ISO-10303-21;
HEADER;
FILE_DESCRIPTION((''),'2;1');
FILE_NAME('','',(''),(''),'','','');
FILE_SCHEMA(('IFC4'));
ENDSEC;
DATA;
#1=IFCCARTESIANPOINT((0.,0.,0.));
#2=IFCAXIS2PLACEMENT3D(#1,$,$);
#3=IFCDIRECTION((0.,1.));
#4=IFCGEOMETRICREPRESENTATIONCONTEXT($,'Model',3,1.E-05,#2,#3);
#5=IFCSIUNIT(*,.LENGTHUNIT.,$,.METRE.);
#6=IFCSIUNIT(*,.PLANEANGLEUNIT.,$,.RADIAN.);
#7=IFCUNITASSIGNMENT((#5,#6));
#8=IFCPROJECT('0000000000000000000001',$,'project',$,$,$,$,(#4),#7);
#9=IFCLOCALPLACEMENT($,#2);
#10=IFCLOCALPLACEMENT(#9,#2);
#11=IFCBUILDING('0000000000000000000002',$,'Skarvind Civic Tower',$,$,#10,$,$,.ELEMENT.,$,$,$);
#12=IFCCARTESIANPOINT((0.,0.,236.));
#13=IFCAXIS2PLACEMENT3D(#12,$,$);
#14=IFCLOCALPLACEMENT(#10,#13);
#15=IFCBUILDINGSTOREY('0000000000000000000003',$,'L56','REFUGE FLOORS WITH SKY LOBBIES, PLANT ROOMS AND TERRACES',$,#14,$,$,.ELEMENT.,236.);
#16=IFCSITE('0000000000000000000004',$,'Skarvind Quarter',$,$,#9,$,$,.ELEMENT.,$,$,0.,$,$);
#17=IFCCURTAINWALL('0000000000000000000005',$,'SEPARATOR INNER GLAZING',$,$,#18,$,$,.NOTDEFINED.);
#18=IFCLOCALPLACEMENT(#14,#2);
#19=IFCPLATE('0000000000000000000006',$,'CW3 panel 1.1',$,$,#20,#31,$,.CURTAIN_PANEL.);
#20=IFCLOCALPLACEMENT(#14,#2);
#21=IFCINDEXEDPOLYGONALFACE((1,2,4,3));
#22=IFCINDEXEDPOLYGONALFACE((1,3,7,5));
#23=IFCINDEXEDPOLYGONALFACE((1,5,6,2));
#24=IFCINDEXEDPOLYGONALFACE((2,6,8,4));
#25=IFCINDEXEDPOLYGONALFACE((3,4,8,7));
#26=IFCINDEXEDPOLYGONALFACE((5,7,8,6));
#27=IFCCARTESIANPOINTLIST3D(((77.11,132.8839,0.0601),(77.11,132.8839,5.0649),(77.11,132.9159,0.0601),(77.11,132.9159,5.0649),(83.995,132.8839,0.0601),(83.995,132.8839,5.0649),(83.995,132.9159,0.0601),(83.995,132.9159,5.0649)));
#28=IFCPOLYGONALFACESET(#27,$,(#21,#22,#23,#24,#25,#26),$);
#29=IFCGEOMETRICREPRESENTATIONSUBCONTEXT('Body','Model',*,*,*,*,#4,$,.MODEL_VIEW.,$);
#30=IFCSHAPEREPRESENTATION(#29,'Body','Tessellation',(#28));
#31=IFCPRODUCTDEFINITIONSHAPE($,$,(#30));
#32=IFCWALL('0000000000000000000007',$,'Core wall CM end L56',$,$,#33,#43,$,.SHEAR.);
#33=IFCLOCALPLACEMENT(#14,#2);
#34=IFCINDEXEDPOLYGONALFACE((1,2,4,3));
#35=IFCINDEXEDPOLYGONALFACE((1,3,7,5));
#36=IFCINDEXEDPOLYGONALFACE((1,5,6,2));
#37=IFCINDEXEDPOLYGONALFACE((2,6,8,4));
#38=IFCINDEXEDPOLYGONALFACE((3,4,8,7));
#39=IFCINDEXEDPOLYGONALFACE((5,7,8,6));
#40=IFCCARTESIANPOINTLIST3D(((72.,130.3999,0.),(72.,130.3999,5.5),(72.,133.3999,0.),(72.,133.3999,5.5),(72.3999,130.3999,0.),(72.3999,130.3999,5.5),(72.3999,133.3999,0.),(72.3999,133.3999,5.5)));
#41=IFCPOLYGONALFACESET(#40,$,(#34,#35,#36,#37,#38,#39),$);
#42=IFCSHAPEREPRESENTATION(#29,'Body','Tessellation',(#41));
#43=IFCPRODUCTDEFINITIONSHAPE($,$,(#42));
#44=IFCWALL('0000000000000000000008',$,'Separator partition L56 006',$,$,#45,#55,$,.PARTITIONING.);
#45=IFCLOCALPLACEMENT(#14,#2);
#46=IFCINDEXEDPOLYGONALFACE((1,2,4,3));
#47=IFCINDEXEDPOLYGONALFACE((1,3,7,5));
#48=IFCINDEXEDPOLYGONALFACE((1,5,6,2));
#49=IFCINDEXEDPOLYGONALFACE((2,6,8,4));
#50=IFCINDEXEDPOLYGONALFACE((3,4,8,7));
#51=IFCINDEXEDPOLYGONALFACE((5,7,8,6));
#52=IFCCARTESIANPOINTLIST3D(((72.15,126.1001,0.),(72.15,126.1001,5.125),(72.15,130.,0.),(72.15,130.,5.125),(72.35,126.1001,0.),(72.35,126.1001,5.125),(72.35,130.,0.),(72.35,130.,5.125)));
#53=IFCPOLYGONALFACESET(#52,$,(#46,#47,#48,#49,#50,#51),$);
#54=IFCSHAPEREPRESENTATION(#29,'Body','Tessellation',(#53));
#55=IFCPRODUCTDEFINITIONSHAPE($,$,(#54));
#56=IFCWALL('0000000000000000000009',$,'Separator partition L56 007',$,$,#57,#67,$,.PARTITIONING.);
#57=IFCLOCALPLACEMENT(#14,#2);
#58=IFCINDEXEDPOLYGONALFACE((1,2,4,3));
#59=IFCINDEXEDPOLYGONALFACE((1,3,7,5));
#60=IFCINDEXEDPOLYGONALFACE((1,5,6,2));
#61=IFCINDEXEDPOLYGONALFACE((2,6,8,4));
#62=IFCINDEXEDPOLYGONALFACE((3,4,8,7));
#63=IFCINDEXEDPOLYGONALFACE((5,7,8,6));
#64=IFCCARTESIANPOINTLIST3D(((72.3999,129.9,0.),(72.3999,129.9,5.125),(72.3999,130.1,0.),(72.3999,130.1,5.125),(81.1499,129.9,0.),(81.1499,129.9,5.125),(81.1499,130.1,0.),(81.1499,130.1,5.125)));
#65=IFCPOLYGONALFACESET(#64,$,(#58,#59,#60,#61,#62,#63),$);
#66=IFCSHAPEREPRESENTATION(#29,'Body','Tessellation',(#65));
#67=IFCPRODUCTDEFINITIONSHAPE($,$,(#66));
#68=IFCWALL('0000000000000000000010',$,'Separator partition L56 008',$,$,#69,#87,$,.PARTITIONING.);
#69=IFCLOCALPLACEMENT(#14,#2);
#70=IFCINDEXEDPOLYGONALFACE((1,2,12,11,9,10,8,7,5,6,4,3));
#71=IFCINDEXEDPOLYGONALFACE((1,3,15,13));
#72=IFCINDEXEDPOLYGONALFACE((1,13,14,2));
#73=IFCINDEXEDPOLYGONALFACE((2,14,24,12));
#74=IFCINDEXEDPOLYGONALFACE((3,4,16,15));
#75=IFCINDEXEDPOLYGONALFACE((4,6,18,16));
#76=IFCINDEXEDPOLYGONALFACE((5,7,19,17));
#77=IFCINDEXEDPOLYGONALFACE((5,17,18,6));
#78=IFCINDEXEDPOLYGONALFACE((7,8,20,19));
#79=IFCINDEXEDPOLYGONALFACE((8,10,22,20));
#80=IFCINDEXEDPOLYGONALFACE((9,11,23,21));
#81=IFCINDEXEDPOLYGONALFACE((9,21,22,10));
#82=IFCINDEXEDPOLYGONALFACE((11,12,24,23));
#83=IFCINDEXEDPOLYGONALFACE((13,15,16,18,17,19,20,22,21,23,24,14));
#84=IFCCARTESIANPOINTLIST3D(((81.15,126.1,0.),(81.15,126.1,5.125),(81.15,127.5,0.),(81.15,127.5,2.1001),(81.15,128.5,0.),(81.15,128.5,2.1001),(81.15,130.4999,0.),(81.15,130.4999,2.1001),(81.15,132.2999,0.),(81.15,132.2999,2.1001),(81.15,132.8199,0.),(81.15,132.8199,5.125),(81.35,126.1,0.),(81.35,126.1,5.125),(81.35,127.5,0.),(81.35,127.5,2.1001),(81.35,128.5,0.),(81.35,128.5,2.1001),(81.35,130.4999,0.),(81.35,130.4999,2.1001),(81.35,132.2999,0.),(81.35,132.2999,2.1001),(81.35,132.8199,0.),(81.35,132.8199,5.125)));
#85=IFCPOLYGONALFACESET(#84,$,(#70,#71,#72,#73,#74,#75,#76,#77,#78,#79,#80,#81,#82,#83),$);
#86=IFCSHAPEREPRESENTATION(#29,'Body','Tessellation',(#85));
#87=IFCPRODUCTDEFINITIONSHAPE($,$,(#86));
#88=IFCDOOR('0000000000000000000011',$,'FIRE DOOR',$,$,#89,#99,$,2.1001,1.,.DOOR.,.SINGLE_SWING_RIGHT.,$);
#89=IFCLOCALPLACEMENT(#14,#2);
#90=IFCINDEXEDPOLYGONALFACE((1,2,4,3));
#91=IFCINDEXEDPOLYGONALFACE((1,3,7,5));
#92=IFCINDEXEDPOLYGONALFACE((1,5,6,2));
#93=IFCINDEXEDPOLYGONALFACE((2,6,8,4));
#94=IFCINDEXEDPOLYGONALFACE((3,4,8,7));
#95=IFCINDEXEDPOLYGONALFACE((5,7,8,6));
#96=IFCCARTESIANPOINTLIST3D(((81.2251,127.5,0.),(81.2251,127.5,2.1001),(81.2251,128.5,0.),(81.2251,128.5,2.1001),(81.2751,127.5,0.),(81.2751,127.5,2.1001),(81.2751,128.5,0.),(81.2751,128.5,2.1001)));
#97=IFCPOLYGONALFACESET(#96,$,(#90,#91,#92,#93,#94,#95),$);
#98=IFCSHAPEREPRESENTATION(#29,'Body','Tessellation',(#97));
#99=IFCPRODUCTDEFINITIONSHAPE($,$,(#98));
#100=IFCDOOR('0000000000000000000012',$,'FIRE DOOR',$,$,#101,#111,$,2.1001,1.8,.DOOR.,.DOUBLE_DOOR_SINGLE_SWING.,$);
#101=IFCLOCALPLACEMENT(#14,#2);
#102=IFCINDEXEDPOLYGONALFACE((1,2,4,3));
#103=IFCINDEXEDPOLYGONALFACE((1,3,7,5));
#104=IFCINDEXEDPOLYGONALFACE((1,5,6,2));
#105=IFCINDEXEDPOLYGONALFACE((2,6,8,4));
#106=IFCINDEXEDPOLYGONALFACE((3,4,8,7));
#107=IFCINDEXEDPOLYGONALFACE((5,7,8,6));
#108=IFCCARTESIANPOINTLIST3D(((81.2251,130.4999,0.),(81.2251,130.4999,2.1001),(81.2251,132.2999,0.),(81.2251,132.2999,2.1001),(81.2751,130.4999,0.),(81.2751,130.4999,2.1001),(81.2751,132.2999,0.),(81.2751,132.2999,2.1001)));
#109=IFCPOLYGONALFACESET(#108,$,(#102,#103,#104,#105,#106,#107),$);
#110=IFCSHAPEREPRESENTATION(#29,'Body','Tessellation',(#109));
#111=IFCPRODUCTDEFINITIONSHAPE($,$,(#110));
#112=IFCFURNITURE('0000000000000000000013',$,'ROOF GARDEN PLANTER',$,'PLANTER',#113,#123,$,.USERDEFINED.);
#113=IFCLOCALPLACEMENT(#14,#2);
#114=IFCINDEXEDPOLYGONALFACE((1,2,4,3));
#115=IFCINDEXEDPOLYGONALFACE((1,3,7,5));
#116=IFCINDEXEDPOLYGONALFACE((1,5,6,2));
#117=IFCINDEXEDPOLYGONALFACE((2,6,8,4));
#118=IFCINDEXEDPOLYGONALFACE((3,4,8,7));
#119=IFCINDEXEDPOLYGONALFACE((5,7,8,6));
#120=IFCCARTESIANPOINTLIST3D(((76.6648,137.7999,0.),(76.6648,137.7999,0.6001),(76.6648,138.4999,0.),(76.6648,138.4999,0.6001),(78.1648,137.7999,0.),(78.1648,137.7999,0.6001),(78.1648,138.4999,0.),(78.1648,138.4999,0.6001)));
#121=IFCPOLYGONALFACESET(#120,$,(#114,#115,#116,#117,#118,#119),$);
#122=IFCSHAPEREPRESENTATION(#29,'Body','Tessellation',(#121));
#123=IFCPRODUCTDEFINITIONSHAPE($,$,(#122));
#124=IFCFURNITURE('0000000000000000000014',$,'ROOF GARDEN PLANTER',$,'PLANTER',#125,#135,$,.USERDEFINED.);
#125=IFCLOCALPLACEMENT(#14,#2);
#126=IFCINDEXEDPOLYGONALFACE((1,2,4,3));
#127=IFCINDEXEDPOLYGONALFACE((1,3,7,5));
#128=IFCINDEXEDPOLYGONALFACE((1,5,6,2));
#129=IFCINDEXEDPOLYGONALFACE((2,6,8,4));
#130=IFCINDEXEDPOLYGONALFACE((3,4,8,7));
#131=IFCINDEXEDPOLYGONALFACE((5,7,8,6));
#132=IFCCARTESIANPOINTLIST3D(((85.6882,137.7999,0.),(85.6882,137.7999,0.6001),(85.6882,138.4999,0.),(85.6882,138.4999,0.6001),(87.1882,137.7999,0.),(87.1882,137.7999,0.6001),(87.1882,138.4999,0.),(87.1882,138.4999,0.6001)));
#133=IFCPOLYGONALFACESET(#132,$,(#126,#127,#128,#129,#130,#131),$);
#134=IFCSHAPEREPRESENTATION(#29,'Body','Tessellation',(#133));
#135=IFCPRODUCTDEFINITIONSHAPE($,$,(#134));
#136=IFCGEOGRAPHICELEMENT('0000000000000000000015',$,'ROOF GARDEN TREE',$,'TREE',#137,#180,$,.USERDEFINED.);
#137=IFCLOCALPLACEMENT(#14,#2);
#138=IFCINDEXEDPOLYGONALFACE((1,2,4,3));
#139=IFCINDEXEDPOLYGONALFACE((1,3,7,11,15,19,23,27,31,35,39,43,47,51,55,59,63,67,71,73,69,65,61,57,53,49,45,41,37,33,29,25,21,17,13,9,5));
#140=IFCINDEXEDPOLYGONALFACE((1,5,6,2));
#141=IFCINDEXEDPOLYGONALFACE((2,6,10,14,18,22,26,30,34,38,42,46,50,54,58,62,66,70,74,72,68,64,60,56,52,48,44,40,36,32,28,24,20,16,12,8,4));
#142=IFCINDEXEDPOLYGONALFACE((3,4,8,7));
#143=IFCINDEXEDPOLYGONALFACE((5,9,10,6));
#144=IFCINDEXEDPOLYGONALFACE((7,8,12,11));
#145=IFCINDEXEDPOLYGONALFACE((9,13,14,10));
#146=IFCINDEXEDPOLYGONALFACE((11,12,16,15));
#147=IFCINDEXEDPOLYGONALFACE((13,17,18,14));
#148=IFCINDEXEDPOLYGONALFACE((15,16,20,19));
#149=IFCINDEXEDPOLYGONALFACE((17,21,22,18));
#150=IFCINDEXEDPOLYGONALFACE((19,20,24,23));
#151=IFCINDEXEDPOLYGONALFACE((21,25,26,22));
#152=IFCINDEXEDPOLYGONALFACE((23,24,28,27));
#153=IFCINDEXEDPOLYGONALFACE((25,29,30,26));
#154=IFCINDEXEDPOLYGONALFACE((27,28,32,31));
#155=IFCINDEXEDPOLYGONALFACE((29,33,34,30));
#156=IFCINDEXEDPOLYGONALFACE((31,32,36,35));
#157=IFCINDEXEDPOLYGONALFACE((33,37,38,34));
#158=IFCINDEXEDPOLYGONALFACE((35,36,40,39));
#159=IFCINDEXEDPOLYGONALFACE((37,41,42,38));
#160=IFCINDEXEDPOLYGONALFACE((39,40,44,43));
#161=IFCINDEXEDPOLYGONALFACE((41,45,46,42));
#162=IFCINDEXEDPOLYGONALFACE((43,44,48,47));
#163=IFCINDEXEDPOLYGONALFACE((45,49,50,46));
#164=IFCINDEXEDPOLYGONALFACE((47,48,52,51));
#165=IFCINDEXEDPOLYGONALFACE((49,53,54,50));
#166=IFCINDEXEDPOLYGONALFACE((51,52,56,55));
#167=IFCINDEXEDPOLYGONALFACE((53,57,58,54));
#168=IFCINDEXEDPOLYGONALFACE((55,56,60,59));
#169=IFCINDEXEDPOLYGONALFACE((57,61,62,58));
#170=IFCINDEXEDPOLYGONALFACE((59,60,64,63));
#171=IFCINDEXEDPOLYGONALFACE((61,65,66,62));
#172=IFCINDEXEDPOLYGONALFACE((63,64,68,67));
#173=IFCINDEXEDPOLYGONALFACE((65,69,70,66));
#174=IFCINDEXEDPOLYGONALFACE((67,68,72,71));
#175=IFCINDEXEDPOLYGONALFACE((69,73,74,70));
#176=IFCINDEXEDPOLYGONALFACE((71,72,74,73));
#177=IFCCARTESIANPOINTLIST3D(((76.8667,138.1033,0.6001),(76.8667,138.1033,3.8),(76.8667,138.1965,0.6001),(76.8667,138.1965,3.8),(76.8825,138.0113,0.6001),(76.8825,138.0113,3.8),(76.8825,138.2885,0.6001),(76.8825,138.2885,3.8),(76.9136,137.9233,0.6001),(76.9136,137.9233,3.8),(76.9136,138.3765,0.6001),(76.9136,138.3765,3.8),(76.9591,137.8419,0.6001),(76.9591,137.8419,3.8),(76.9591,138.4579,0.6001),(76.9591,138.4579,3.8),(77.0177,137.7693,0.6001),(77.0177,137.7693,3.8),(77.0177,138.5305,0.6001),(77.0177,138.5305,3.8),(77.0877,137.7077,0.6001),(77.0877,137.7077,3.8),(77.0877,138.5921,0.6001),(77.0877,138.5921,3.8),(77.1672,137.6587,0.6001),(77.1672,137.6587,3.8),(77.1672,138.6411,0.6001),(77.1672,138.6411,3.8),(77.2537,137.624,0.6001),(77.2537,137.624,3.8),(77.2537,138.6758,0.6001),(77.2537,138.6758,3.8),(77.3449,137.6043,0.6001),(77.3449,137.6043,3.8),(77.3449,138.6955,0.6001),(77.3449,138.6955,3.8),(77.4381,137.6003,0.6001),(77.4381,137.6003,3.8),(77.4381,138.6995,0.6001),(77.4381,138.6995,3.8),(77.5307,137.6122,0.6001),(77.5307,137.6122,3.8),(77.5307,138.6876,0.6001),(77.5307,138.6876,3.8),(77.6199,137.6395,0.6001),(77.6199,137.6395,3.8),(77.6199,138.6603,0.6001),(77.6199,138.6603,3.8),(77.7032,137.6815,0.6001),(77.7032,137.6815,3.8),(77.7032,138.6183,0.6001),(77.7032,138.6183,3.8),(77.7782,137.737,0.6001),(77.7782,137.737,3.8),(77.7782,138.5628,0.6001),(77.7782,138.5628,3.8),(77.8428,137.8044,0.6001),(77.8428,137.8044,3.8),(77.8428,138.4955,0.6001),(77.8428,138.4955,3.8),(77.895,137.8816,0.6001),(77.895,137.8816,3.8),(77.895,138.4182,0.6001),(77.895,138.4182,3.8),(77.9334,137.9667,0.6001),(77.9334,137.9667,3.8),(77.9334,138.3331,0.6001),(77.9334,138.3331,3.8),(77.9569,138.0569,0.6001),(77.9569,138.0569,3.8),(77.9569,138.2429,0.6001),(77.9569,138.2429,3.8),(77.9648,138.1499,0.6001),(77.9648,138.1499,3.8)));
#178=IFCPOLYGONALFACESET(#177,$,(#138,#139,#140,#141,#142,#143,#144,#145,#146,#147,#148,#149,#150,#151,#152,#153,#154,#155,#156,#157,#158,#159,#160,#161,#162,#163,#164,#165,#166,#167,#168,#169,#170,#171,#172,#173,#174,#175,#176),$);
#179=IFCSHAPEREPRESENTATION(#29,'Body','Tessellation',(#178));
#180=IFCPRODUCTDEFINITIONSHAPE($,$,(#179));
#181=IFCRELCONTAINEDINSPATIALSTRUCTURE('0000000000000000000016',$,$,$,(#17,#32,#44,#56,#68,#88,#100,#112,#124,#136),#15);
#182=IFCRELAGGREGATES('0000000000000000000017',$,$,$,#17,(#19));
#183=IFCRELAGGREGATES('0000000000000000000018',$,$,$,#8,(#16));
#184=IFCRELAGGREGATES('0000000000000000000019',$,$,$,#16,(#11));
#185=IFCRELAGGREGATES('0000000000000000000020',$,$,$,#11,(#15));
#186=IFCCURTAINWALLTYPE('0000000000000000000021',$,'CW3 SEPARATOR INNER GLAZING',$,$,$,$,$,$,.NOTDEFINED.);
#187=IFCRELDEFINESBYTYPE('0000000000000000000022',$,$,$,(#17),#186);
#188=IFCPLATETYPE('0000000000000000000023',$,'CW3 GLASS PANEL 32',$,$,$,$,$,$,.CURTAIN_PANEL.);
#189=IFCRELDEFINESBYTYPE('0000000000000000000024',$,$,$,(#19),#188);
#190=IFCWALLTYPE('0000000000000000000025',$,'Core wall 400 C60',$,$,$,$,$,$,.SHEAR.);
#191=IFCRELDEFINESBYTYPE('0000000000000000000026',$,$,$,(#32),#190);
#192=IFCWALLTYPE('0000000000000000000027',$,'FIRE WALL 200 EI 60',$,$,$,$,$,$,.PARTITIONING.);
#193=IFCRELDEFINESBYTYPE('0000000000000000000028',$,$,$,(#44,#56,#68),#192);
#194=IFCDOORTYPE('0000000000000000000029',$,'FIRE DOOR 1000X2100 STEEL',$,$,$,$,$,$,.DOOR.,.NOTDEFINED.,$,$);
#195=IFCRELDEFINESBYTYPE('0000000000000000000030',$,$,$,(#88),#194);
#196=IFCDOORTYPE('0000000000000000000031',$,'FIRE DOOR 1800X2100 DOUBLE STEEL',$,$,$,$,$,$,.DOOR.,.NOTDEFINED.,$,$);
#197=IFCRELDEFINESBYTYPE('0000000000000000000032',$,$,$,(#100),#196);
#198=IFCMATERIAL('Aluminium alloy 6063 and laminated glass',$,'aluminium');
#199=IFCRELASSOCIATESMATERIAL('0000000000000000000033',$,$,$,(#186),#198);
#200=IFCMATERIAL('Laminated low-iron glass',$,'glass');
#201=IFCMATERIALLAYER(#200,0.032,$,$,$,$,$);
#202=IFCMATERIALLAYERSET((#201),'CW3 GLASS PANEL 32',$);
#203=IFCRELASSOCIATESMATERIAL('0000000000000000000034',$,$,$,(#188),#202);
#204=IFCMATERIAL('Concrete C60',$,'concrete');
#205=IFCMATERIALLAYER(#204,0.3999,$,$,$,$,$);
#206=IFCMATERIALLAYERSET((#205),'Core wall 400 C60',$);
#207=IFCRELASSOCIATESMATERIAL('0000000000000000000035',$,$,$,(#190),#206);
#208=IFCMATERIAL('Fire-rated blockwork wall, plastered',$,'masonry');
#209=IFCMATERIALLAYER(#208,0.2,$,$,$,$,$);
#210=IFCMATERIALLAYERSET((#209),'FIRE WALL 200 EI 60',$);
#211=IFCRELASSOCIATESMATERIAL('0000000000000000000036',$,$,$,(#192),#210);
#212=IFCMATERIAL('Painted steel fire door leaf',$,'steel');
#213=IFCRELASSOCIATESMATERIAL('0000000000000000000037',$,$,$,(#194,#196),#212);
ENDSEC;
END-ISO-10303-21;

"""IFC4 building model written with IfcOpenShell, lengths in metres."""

from ifc_helpers import new_model, si_unit, direction, frame, frame_2d, origin, origin_2d, place, context, subcontext, project, spatial, rectangle, circle, extrude, material, layer, layer_set, type_object, element, fill, aggregate, save


model = new_model("IFC4")

# Units and contexts
model_context = context("Model", 3, precision=1e-05, world=origin(), true_north=direction((0.0, 1.0)))
body_context = subcontext(model_context, "Body", "Model", "MODEL_VIEW")
ifc_project = project(units=[si_unit("LENGTHUNIT", "METRE"), si_unit("PLANEANGLEUNIT", "RADIAN")], contexts=[model_context])

# Site, building, storey
site_placement = place(None, origin())
site = spatial("IfcSite", under=ifc_project, at=site_placement, Name="Skarvind Quarter", CompositionType="ELEMENT", RefElevation=0.0)
building_placement = place(site_placement, origin())
building = spatial("IfcBuilding", under=site, at=building_placement, Name="Skarvind Civic Tower", CompositionType="ELEMENT")
storey_placement = place(building_placement, frame((0.0, 0.0, 236.0)))
storey = spatial("IfcBuildingStorey", under=building, at=storey_placement, Name="L56", Description="REFUGE FLOORS WITH SKY LOBBIES, PLANT ROOMS AND TERRACES", CompositionType="ELEMENT", Elevation=236.0)

# Shared definitions
ifc_material_1 = material(Name="Concrete C60", Category="concrete")

# Curtain wall
ifc_material_2 = material(Name="Aluminium alloy 6063 and laminated glass", Category="aluminium")
curtain_wall_type = type_object("IfcCurtainWallType", Name="CW3 SEPARATOR INNER GLAZING", PredefinedType="NOTDEFINED", material=ifc_material_2)
curtain_wall_placement = place(storey_placement, origin())
curtain_wall = element("IfcCurtainWall", 1, at=curtain_wall_placement, inside=storey, type_object=curtain_wall_type, Name="SEPARATOR INNER GLAZING", PredefinedType="NOTDEFINED")

# Plate
ifc_material_3 = material(Name="Laminated low-iron glass", Category="glass")
ifc_layer_1 = layer(ifc_material_3, 0.032)
ifc_layer_set_1 = layer_set([ifc_layer_1], Name="CW3 GLASS PANEL 32")
plate_type = type_object("IfcPlateType", Name="CW3 GLASS PANEL 32", PredefinedType="CURTAIN_PANEL", material=ifc_layer_set_1)
plate_placement = place(storey_placement, frame((80.5525, 132.8999, 0.0601), z_axis=(0.0, 0.0, 1.0), x_axis=(1.0, 0.0, 0.0)))
plate = element("IfcPlate", 2, at=plate_placement, type_object=plate_type, Name="CW3 panel 1.1", PredefinedType="CURTAIN_PANEL", context=body_context, shape_type="SweptSolid", body=[
    extrude(rectangle(XDim=6.885, YDim=0.032, at=origin_2d()), origin(), (0.0, 0.0, 1.0), 5.0049),
])
aggregate(curtain_wall, [plate])

# Walls
ifc_layer_2 = layer(ifc_material_1, 0.3999)
ifc_layer_set_2 = layer_set([ifc_layer_2], Name="Core wall 400 C60")
wall_type_1 = type_object("IfcWallType", Name="Core wall 400 C60", PredefinedType="SHEAR", material=ifc_layer_set_2)
wall_1_placement = place(storey_placement, frame((72.2, 130.3999, 0.0), z_axis=(0.0, 0.0, 1.0), x_axis=(0.0, 1.0, 0.0)))
element("IfcWall", 3, at=wall_1_placement, inside=storey, type_object=wall_type_1, Name="Core wall CM end L56", PredefinedType="SHEAR", context=body_context, shape_type="SweptSolid", body=[
    extrude(rectangle(XDim=3.0, YDim=0.3999, at=frame_2d((1.5, 0.0))), origin(), (0.0, 0.0, 1.0), 5.5),
])
ifc_material_4 = material(Name="Fire-rated blockwork wall, plastered", Category="masonry")
ifc_layer_3 = layer(ifc_material_4, 0.2)
ifc_layer_set_3 = layer_set([ifc_layer_3], Name="FIRE WALL 200 EI 60")
wall_type_2 = type_object("IfcWallType", Name="FIRE WALL 200 EI 60", PredefinedType="PARTITIONING", material=ifc_layer_set_3)
wall_2_placement = place(storey_placement, frame((72.25, 126.1001, 0.0), z_axis=(0.0, 0.0, 1.0), x_axis=(0.0, 1.0, 0.0)))
element("IfcWall", 4, at=wall_2_placement, inside=storey, type_object=wall_type_2, Name="Separator partition L56 006", PredefinedType="PARTITIONING", context=body_context, shape_type="SweptSolid", body=[
    extrude(rectangle(XDim=3.8999, YDim=0.2, at=frame_2d((1.95, 0.0))), origin(), (0.0, 0.0, 1.0), 5.125),
])
wall_3_placement = place(storey_placement, frame((72.3999, 130.0, 0.0), z_axis=(0.0, 0.0, 1.0), x_axis=(1.0, 0.0, 0.0)))
element("IfcWall", 5, at=wall_3_placement, inside=storey, type_object=wall_type_2, Name="Separator partition L56 007", PredefinedType="PARTITIONING", context=body_context, shape_type="SweptSolid", body=[
    extrude(rectangle(XDim=8.75, YDim=0.2, at=frame_2d((4.375, 0.0))), origin(), (0.0, 0.0, 1.0), 5.125),
])

# Wall, openings, doors
wall_4_placement = place(storey_placement, frame((81.25, 126.1001, 0.0), z_axis=(0.0, 0.0, 1.0), x_axis=(0.0, 1.0, 0.0)))
wall_4 = element("IfcWall", 6, at=wall_4_placement, inside=storey, type_object=wall_type_2, Name="Separator partition L56 008", PredefinedType="PARTITIONING", context=body_context, shape_type="SweptSolid", body=[
    extrude(rectangle(XDim=6.72, YDim=0.2, at=frame_2d((3.3599, 0.0))), origin(), (0.0, 0.0, 1.0), 5.125),
])
opening_1_placement = place(wall_4_placement, frame((1.3999, 0.0, 0.0)))
opening_1 = element("IfcOpeningElement", 7, at=opening_1_placement, cuts=wall_4, PredefinedType="OPENING", context=body_context, shape_type="SweptSolid", body=[
    extrude(rectangle(XDim=1.0, YDim=2.1001, at=frame_2d((0.5, 1.05))), frame((0.0, 0.1099, 0.0), z_axis=(0.0, -1.0, 0.0), x_axis=(1.0, 0.0, 0.0)), (0.0, 0.0, 1.0), 0.22),
])
opening_2_placement = place(wall_4_placement, frame((4.3999, 0.0, 0.0)))
opening_2 = element("IfcOpeningElement", 8, at=opening_2_placement, cuts=wall_4, PredefinedType="OPENING", context=body_context, shape_type="SweptSolid", body=[
    extrude(rectangle(XDim=1.8, YDim=2.1001, at=frame_2d((0.8999, 1.05))), frame((0.0, 0.1099, 0.0), z_axis=(0.0, -1.0, 0.0), x_axis=(1.0, 0.0, 0.0)), (0.0, 0.0, 1.0), 0.22),
])
ifc_material_5 = material(Name="Painted steel fire door leaf", Category="steel")
door_type_1 = type_object("IfcDoorType", Name="FIRE DOOR 1000X2100 STEEL", OperationType="NOTDEFINED", PredefinedType="DOOR", material=ifc_material_5)
door_1_placement = place(opening_1_placement, origin())
door_1 = element("IfcDoor", 9, at=door_1_placement, inside=storey, type_object=door_type_1, Name="FIRE DOOR", OperationType="SINGLE_SWING_RIGHT", OverallHeight=2.1001, OverallWidth=1.0, PredefinedType="DOOR", context=body_context, shape_type="SweptSolid", body=[
    extrude(rectangle(XDim=1.0, YDim=2.1001, at=frame_2d((0.5, 1.05))), frame((0.0, 0.0249, 0.0), z_axis=(0.0, -1.0, 0.0), x_axis=(1.0, 0.0, 0.0)), (0.0, 0.0, 1.0), 0.05),
])
fill(opening_1, door_1)
door_type_2 = type_object("IfcDoorType", Name="FIRE DOOR 1800X2100 DOUBLE STEEL", OperationType="NOTDEFINED", PredefinedType="DOOR", material=ifc_material_5)
door_2_placement = place(opening_2_placement, origin())
door_2 = element("IfcDoor", 10, at=door_2_placement, inside=storey, type_object=door_type_2, Name="FIRE DOOR", OperationType="DOUBLE_DOOR_SINGLE_SWING", OverallHeight=2.1001, OverallWidth=1.8, PredefinedType="DOOR", context=body_context, shape_type="SweptSolid", body=[
    extrude(rectangle(XDim=1.8, YDim=2.1001, at=frame_2d((0.8999, 1.05))), frame((0.0, 0.0249, 0.0), z_axis=(0.0, -1.0, 0.0), x_axis=(1.0, 0.0, 0.0)), (0.0, 0.0, 1.0), 0.05),
])
fill(opening_2, door_2)

# Furniture
for number, where, z_axis, x_axis, name in (
    (11, (77.4148, 138.1499, 0.0), (0.0, 0.0, 1.0), (1.0, 0.0, 0.0), "ROOF GARDEN PLANTER"),
    (12, (86.4382, 138.1499, 0.0), (0.0, 0.0, 1.0), (1.0, 0.0, 0.0), "ROOF GARDEN PLANTER"),
):
    element("IfcFurniture", number, at=place(storey_placement, frame(where, z_axis=z_axis, x_axis=x_axis)), inside=storey, Name=name, ObjectType="PLANTER", PredefinedType="USERDEFINED", context=body_context, shape_type="SweptSolid", body=[
        extrude(rectangle(XDim=1.5, YDim=0.7, at=origin_2d()), origin(), (0.0, 0.0, 1.0), 0.6001),
    ])

# Geographic element
geographic_element_placement = place(storey_placement, frame((77.4148, 138.1499, 0.6001), z_axis=(0.0, 0.0, 1.0), x_axis=(1.0, 0.0, 0.0)))
element("IfcGeographicElement", 13, at=geographic_element_placement, inside=storey, Name="ROOF GARDEN TREE", ObjectType="TREE", PredefinedType="USERDEFINED", context=body_context, shape_type="SweptSolid", body=[
    extrude(circle(Radius=0.55, at=origin_2d()), origin(), (0.0, 0.0, 1.0), 3.2),
])

save(model, "model.ifc")
